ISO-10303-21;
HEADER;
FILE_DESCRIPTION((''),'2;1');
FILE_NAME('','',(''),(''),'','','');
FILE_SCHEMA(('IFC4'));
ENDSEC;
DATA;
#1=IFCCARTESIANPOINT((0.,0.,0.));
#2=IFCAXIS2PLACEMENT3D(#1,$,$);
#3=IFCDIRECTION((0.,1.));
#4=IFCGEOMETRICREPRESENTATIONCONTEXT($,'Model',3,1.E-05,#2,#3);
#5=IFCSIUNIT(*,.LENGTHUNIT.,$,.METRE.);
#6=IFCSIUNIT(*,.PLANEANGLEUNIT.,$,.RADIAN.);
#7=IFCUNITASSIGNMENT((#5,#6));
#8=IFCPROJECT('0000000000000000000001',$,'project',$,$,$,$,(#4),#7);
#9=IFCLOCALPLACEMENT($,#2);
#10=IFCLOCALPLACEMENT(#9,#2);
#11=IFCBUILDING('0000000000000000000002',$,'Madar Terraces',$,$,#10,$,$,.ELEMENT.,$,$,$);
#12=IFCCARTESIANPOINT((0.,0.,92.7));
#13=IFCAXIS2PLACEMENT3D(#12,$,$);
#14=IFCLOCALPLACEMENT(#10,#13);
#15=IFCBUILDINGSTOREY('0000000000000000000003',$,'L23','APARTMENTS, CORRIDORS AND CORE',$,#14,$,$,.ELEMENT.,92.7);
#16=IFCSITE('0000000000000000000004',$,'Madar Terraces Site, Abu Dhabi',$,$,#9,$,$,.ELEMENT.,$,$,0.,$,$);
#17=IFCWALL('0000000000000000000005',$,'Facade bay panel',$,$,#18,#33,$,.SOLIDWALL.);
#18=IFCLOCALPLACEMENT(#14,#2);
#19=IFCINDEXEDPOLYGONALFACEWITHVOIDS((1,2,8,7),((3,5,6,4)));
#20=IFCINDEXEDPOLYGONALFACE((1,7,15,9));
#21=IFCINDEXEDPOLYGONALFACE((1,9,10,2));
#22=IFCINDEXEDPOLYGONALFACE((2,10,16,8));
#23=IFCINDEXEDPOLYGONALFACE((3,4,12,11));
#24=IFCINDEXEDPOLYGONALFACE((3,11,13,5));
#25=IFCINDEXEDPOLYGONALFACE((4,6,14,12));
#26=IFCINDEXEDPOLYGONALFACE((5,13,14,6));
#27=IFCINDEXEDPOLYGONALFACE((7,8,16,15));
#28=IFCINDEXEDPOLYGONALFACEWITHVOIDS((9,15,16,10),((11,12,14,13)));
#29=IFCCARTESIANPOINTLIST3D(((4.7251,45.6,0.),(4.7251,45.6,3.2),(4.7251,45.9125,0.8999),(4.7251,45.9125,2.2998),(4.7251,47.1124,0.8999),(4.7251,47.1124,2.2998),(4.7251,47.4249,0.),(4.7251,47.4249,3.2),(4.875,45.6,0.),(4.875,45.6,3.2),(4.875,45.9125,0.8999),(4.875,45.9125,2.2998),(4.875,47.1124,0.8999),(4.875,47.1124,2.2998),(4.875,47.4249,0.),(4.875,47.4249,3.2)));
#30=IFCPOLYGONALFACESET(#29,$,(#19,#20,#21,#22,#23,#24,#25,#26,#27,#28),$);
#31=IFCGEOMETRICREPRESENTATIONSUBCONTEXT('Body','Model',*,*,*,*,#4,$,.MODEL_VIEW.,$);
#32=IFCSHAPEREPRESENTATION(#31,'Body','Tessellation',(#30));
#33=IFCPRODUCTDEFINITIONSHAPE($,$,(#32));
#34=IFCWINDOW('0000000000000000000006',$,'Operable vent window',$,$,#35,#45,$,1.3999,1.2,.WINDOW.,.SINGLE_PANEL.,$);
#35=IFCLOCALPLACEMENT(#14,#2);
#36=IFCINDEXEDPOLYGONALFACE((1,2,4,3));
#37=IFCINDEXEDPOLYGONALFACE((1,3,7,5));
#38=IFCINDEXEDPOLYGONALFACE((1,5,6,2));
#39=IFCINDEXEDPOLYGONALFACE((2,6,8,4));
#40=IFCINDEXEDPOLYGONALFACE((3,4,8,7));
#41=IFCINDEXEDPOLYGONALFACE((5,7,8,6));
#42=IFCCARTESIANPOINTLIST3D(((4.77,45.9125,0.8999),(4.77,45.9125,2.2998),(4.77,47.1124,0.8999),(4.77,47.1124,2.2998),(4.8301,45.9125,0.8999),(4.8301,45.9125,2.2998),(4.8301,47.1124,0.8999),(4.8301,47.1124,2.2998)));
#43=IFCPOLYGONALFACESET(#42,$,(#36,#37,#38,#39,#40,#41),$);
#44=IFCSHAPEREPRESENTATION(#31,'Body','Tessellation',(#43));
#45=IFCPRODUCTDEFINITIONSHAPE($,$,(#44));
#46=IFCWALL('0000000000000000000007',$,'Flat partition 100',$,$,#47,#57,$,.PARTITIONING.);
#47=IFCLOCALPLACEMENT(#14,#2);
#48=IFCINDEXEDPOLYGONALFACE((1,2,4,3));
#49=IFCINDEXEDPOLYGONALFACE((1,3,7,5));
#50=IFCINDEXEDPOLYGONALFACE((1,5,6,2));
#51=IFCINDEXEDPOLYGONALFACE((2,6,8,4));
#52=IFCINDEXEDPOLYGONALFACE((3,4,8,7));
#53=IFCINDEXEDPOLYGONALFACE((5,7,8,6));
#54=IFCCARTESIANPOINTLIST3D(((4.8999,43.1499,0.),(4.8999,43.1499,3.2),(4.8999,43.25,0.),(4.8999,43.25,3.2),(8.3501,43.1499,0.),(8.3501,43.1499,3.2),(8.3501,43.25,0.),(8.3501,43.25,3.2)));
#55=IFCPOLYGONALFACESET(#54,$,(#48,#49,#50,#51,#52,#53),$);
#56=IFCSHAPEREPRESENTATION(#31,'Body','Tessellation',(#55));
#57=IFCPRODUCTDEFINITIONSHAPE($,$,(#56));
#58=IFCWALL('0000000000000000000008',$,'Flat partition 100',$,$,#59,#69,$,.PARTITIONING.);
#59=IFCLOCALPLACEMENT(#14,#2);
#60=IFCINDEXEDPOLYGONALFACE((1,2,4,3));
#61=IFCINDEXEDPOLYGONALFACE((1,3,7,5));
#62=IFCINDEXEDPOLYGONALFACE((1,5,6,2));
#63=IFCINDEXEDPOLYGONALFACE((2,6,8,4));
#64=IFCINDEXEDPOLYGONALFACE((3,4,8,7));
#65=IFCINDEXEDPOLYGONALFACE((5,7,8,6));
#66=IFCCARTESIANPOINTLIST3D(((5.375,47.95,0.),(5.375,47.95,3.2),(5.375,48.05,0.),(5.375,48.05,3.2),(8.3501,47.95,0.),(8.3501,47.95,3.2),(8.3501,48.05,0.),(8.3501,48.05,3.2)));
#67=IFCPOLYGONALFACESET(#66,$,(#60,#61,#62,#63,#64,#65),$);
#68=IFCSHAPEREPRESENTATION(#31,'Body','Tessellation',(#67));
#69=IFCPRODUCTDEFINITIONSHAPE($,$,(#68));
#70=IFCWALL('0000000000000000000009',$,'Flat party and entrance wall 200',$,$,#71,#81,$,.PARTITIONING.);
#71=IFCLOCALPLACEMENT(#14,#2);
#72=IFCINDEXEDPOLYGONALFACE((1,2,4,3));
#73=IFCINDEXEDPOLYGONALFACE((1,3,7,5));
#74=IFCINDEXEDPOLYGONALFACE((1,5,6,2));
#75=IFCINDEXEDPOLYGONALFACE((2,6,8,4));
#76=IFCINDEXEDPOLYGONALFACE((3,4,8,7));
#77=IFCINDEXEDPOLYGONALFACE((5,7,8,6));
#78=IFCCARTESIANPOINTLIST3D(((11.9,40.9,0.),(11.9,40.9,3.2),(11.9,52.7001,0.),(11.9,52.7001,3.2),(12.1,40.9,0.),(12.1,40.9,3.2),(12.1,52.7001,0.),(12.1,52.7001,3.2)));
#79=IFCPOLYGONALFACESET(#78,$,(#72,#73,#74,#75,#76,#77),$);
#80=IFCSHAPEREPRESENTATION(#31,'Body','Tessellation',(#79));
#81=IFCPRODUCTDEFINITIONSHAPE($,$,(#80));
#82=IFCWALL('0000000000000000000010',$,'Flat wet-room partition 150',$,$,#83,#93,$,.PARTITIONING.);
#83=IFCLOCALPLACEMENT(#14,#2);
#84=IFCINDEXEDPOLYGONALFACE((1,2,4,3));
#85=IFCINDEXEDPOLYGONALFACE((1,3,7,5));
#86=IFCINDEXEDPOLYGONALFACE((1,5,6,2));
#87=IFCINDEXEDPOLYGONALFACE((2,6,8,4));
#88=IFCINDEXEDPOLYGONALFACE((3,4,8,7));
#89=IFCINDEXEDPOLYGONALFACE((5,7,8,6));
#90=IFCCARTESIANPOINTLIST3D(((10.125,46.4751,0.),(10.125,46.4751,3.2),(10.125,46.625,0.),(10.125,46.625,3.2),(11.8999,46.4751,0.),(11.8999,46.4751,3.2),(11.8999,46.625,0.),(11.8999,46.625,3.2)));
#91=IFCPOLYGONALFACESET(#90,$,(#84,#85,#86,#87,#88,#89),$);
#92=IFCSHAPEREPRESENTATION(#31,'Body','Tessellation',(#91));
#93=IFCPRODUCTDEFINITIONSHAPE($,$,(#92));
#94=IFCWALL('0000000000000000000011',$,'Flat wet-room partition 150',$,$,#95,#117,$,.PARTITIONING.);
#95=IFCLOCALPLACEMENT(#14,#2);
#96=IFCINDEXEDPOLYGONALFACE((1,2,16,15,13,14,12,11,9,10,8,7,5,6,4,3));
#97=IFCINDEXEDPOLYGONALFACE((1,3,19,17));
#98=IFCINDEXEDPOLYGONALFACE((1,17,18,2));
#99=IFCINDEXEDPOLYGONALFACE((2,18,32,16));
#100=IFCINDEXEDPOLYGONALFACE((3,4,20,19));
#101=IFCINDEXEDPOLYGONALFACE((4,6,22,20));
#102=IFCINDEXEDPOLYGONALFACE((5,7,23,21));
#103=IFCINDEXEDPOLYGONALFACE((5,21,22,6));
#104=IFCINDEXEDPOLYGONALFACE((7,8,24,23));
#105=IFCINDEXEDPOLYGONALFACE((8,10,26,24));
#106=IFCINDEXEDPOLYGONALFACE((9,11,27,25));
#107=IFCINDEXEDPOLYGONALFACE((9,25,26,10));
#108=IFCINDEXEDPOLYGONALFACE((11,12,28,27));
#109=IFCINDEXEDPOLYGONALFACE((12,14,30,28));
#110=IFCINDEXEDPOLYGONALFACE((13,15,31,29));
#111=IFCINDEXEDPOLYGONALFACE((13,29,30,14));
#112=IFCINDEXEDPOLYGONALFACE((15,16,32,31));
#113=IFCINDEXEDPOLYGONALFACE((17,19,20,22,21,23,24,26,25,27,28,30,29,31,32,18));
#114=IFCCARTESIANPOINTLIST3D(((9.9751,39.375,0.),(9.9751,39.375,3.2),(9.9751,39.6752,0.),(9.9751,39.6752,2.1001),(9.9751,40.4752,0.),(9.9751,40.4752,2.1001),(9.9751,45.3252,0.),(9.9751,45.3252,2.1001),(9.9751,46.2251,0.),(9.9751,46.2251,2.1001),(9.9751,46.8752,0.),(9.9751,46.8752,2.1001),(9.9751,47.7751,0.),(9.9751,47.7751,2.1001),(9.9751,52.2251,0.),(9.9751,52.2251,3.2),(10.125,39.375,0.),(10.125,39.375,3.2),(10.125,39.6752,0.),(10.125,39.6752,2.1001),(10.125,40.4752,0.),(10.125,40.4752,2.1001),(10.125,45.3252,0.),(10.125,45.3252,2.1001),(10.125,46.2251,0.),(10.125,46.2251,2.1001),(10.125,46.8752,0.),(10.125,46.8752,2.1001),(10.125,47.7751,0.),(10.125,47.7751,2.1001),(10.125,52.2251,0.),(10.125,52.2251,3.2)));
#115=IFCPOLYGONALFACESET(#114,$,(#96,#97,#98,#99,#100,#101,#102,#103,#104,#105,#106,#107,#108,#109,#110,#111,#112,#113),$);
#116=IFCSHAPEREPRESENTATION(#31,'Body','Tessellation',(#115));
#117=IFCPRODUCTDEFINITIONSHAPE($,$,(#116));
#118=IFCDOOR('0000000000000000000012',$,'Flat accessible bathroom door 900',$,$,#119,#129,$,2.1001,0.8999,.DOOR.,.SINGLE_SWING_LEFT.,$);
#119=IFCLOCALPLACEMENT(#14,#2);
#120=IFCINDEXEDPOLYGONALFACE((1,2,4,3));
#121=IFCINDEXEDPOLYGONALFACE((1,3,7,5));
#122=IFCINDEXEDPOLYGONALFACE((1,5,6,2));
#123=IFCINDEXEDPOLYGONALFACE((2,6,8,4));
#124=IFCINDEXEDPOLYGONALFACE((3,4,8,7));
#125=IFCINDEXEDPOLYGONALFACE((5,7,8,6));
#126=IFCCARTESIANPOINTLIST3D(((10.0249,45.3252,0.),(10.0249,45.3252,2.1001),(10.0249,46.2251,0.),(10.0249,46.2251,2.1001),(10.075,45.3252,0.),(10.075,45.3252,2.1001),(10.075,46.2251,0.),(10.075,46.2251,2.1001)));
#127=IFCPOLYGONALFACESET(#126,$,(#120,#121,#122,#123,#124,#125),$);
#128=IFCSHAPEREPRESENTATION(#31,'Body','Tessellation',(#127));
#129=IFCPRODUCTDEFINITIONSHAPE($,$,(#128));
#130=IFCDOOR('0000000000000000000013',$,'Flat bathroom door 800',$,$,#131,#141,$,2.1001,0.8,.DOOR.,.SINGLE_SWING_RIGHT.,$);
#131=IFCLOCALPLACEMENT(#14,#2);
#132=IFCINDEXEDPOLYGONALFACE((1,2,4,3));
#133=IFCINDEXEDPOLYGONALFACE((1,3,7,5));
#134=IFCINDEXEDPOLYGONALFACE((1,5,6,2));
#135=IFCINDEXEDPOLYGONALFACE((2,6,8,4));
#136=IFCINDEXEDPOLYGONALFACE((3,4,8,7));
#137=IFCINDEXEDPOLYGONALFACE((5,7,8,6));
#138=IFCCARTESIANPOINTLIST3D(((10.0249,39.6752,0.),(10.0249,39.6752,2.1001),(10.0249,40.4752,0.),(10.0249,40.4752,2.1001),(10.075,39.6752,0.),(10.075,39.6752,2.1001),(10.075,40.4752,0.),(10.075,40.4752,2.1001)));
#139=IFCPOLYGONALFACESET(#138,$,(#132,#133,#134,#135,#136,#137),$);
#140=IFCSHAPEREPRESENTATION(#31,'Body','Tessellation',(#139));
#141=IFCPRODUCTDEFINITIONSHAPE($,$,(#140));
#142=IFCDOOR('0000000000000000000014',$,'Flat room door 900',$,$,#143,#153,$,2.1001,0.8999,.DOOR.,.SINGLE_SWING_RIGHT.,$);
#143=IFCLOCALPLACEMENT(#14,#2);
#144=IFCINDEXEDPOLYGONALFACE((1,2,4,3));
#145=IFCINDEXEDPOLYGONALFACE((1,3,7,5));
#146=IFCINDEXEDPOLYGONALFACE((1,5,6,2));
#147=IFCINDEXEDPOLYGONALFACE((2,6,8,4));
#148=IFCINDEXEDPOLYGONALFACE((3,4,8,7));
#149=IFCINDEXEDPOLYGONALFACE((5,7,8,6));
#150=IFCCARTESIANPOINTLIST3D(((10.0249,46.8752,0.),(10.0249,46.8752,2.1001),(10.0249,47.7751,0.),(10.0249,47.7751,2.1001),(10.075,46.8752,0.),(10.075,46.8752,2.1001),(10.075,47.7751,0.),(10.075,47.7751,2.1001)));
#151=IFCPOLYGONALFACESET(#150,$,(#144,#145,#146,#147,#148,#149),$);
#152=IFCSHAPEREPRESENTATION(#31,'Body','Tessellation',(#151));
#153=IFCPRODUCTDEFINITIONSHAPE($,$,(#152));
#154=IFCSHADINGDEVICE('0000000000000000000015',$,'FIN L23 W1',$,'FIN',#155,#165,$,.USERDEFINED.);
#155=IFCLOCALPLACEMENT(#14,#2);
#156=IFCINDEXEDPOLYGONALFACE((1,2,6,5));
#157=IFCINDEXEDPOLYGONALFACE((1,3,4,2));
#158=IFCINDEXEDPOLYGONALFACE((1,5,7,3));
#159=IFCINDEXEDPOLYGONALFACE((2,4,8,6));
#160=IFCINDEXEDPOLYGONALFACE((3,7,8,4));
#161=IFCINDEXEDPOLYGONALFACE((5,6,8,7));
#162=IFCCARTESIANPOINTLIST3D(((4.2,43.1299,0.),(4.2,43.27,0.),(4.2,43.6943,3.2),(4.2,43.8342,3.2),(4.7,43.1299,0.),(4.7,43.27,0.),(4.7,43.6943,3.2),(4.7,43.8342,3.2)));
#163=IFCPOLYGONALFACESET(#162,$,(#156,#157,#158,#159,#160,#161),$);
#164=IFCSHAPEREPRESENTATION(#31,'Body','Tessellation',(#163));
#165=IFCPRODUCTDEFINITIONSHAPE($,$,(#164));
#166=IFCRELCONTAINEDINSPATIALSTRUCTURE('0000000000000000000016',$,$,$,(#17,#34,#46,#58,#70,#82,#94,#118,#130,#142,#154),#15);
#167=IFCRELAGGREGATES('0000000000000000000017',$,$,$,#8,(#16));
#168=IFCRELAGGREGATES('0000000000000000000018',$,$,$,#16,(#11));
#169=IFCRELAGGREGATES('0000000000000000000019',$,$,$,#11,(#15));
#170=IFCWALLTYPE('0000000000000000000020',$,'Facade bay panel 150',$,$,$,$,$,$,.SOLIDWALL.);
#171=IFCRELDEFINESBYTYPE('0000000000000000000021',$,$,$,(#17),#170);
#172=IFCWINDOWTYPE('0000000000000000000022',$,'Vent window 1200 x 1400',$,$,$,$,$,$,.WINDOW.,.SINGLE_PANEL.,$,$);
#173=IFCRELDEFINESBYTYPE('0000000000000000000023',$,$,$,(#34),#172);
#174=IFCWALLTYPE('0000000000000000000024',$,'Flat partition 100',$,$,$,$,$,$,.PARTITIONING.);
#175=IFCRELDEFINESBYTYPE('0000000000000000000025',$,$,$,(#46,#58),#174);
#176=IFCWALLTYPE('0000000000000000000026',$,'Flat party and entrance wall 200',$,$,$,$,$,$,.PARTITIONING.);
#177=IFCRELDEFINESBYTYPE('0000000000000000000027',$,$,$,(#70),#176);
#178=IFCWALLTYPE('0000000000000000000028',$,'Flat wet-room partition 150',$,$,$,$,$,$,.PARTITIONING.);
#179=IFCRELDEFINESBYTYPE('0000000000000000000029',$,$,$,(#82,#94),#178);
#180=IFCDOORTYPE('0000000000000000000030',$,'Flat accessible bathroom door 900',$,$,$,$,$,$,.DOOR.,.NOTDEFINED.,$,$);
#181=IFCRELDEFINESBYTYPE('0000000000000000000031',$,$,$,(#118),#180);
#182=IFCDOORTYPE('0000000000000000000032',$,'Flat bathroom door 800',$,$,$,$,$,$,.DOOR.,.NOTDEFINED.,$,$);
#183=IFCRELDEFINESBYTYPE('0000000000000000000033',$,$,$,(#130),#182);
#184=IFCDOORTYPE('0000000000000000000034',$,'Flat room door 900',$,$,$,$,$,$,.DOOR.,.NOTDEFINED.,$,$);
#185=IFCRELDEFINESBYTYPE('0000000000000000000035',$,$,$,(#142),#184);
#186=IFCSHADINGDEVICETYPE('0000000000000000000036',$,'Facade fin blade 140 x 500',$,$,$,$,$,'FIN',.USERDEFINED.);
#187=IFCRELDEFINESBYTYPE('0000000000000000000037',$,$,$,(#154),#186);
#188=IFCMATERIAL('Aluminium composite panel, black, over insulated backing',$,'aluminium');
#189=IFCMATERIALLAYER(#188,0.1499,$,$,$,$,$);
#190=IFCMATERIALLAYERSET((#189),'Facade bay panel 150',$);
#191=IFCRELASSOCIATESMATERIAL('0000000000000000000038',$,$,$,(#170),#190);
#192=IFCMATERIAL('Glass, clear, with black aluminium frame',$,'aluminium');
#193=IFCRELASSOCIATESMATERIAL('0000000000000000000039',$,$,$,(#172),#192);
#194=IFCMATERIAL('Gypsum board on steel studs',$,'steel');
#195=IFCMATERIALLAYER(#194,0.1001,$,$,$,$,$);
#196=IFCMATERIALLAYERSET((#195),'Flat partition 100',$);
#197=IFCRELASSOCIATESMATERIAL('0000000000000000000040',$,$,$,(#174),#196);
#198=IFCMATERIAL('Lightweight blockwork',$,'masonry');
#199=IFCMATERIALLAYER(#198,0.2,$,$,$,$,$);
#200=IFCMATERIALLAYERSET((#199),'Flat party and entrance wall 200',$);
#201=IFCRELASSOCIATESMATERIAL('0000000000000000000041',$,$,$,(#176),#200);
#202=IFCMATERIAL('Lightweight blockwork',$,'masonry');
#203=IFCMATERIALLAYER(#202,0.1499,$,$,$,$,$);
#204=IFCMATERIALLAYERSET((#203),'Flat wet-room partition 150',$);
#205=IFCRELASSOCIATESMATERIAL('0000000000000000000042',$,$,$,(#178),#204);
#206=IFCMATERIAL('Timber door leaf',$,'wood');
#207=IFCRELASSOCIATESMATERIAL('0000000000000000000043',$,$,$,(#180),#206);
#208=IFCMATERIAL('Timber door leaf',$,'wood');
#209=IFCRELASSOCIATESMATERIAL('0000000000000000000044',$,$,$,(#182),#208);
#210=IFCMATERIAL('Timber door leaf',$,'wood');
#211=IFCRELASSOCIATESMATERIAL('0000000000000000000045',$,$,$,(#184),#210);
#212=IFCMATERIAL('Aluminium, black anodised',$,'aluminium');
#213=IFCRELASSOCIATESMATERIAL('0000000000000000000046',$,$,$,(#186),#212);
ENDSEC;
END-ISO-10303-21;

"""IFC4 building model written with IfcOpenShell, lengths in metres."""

from ifc_helpers import new_model, si_unit, direction, frame, frame_2d, origin, place, context, subcontext, project, spatial, polyline, rectangle, outline, extrude, material, layer, layer_set, type_object, element, fill, save


model = new_model("IFC4")

# Units and contexts
model_context = context("Model", 3, precision=1e-05, world=origin(), true_north=direction((0.0, 1.0)))
body_context = subcontext(model_context, "Body", "Model", "MODEL_VIEW")
ifc_project = project(units=[si_unit("LENGTHUNIT", "METRE"), si_unit("PLANEANGLEUNIT", "RADIAN")], contexts=[model_context])

# Site, building, storey
site_placement = place(None, origin())
site = spatial("IfcSite", under=ifc_project, at=site_placement, Name="Madar Terraces Site, Abu Dhabi", CompositionType="ELEMENT", RefElevation=0.0)
building_placement = place(site_placement, origin())
building = spatial("IfcBuilding", under=site, at=building_placement, Name="Madar Terraces", CompositionType="ELEMENT")
storey_placement = place(building_placement, frame((0.0, 0.0, 92.7)))
storey = spatial("IfcBuildingStorey", under=building, at=storey_placement, Name="L23", Description="APARTMENTS, CORRIDORS AND CORE", CompositionType="ELEMENT", Elevation=92.7)

# Wall, opening, window
ifc_material_1 = material(Name="Aluminium composite panel, black, over insulated backing", Category="aluminium")
ifc_layer_1 = layer(ifc_material_1, 0.1499)
ifc_layer_set_1 = layer_set([ifc_layer_1], Name="Facade bay panel 150")
wall_type_1 = type_object("IfcWallType", Name="Facade bay panel 150", PredefinedType="SOLIDWALL", material=ifc_layer_set_1)
wall_1_placement = place(storey_placement, frame((4.8, 47.425, 0.0), z_axis=(0.0, 0.0, 1.0), x_axis=(0.0, -1.0, 0.0)))
wall_1 = element("IfcWall", 1, at=wall_1_placement, inside=storey, type_object=wall_type_1, Name="Facade bay panel", PredefinedType="SOLIDWALL", context=body_context, shape_type="SweptSolid", body=[
    extrude(rectangle(XDim=1.825, YDim=0.1499, at=frame_2d((0.9126, 0.0))), origin(), (0.0, 0.0, 1.0), 3.2),
])
opening_1_placement = place(wall_1_placement, frame((0.3125, 0.0, 0.8999)))
opening_1 = element("IfcOpeningElement", 2, at=opening_1_placement, cuts=wall_1, PredefinedType="OPENING", context=body_context, shape_type="SweptSolid", body=[
    extrude(rectangle(XDim=1.2, YDim=1.3999, at=frame_2d((0.6001, 0.7))), frame((0.0, 0.085, 0.0), z_axis=(0.0, -1.0, 0.0), x_axis=(1.0, 0.0, 0.0)), (0.0, 0.0, 1.0), 0.1699),
])
ifc_material_2 = material(Name="Glass, clear, with black aluminium frame", Category="aluminium")
window_type = type_object("IfcWindowType", Name="Vent window 1200 x 1400", PartitioningType="SINGLE_PANEL", PredefinedType="WINDOW", material=ifc_material_2)
window_placement = place(opening_1_placement, origin())
window = element("IfcWindow", 3, at=window_placement, inside=storey, type_object=window_type, Name="Operable vent window", OverallHeight=1.3999, OverallWidth=1.2, PartitioningType="SINGLE_PANEL", PredefinedType="WINDOW", context=body_context, shape_type="SweptSolid", body=[
    extrude(rectangle(XDim=1.2, YDim=1.3999, at=frame_2d((0.6001, 0.7))), frame((0.0, 0.03, 0.0), z_axis=(0.0, -1.0, 0.0), x_axis=(1.0, 0.0, 0.0)), (0.0, 0.0, 1.0), 0.0601),
])
fill(opening_1, window)

# Walls
ifc_material_3 = material(Name="Gypsum board on steel studs", Category="steel")
ifc_layer_2 = layer(ifc_material_3, 0.1001)
ifc_layer_set_2 = layer_set([ifc_layer_2], Name="Flat partition 100")
wall_type_2 = type_object("IfcWallType", Name="Flat partition 100", PredefinedType="PARTITIONING", material=ifc_layer_set_2)
wall_2_placement = place(storey_placement, frame((8.3501, 43.2, 0.0), z_axis=(0.0, 0.0, 1.0), x_axis=(-1.0, 0.0, 0.0)))
element("IfcWall", 4, at=wall_2_placement, inside=storey, type_object=wall_type_2, Name="Flat partition 100", PredefinedType="PARTITIONING", context=body_context, shape_type="SweptSolid", body=[
    extrude(rectangle(XDim=3.4502, YDim=0.1001, at=frame_2d((1.7251, 0.0))), origin(), (0.0, 0.0, 1.0), 3.2),
])
wall_3_placement = place(storey_placement, frame((8.3501, 48.0, 0.0), z_axis=(0.0, 0.0, 1.0), x_axis=(-1.0, 0.0, 0.0)))
element("IfcWall", 5, at=wall_3_placement, inside=storey, type_object=wall_type_2, Name="Flat partition 100", PredefinedType="PARTITIONING", context=body_context, shape_type="SweptSolid", body=[
    extrude(rectangle(XDim=2.9751, YDim=0.1001, at=frame_2d((1.4875, 0.0))), origin(), (0.0, 0.0, 1.0), 3.2),
])
ifc_material_4 = material(Name="Lightweight blockwork", Category="masonry")
ifc_layer_3 = layer(ifc_material_4, 0.2)
ifc_layer_set_3 = layer_set([ifc_layer_3], Name="Flat party and entrance wall 200")
wall_type_3 = type_object("IfcWallType", Name="Flat party and entrance wall 200", PredefinedType="PARTITIONING", material=ifc_layer_set_3)
wall_4_placement = place(storey_placement, frame((12.0, 52.7, 0.0), z_axis=(0.0, 0.0, 1.0), x_axis=(0.0, -1.0, 0.0)))
element("IfcWall", 6, at=wall_4_placement, inside=storey, type_object=wall_type_3, Name="Flat party and entrance wall 200", PredefinedType="PARTITIONING", context=body_context, shape_type="SweptSolid", body=[
    extrude(rectangle(XDim=11.8, YDim=0.2, at=frame_2d((5.8999, 0.0))), origin(), (0.0, 0.0, 1.0), 3.2),
])
ifc_material_5 = material(Name="Lightweight blockwork", Category="masonry")
ifc_layer_4 = layer(ifc_material_5, 0.1499)
ifc_layer_set_4 = layer_set([ifc_layer_4], Name="Flat wet-room partition 150")
wall_type_4 = type_object("IfcWallType", Name="Flat wet-room partition 150", PredefinedType="PARTITIONING", material=ifc_layer_set_4)
wall_5_placement = place(storey_placement, frame((11.8999, 46.55, 0.0), z_axis=(0.0, 0.0, 1.0), x_axis=(-1.0, 0.0, 0.0)))
element("IfcWall", 7, at=wall_5_placement, inside=storey, type_object=wall_type_4, Name="Flat wet-room partition 150", PredefinedType="PARTITIONING", context=body_context, shape_type="SweptSolid", body=[
    extrude(rectangle(XDim=1.7749, YDim=0.1499, at=frame_2d((0.8875, 0.0))), origin(), (0.0, 0.0, 1.0), 3.2),
])

# Wall, openings, doors
wall_6_placement = place(storey_placement, frame((10.05, 52.2251, 0.0), z_axis=(0.0, 0.0, 1.0), x_axis=(0.0, -1.0, 0.0)))
wall_6 = element("IfcWall", 8, at=wall_6_placement, inside=storey, type_object=wall_type_4, Name="Flat wet-room partition 150", PredefinedType="PARTITIONING", context=body_context, shape_type="SweptSolid", body=[
    extrude(rectangle(XDim=12.8501, YDim=0.1499, at=frame_2d((6.425, 0.0))), origin(), (0.0, 0.0, 1.0), 3.2),
])
opening_2_placement = place(wall_6_placement, frame((11.75, 0.0, 0.0)))
opening_2 = element("IfcOpeningElement", 9, at=opening_2_placement, cuts=wall_6, PredefinedType="OPENING", context=body_context, shape_type="SweptSolid", body=[
    extrude(rectangle(XDim=0.8, YDim=2.1001, at=frame_2d((0.3999, 1.05))), frame((0.0, 0.085, 0.0), z_axis=(0.0, -1.0, 0.0), x_axis=(1.0, 0.0, 0.0)), (0.0, 0.0, 1.0), 0.1699),
])
opening_3_placement = place(wall_6_placement, frame((6.0, 0.0, 0.0)))
opening_3 = element("IfcOpeningElement", 10, at=opening_3_placement, cuts=wall_6, PredefinedType="OPENING", context=body_context, shape_type="SweptSolid", body=[
    extrude(rectangle(XDim=0.8999, YDim=2.1001, at=frame_2d((0.45, 1.05))), frame((0.0, 0.085, 0.0), z_axis=(0.0, -1.0, 0.0), x_axis=(1.0, 0.0, 0.0)), (0.0, 0.0, 1.0), 0.1699),
])
opening_4_placement = place(wall_6_placement, frame((4.45, 0.0, 0.0)))
opening_4 = element("IfcOpeningElement", 11, at=opening_4_placement, cuts=wall_6, PredefinedType="OPENING", context=body_context, shape_type="SweptSolid", body=[
    extrude(rectangle(XDim=0.8999, YDim=2.1001, at=frame_2d((0.45, 1.05))), frame((0.0, 0.085, 0.0), z_axis=(0.0, -1.0, 0.0), x_axis=(1.0, 0.0, 0.0)), (0.0, 0.0, 1.0), 0.1699),
])
ifc_material_6 = material(Name="Timber door leaf", Category="wood")
door_type_1 = type_object("IfcDoorType", Name="Flat accessible bathroom door 900", OperationType="NOTDEFINED", PredefinedType="DOOR", material=ifc_material_6)
door_1_placement = place(opening_3_placement, origin())
door_1 = element("IfcDoor", 12, at=door_1_placement, inside=storey, type_object=door_type_1, Name="Flat accessible bathroom door 900", OperationType="SINGLE_SWING_LEFT", OverallHeight=2.1001, OverallWidth=0.8999, PredefinedType="DOOR", context=body_context, shape_type="SweptSolid", body=[
    extrude(rectangle(XDim=0.8999, YDim=2.1001, at=frame_2d((0.45, 1.05))), frame((0.0, 0.0249, 0.0), z_axis=(0.0, -1.0, 0.0), x_axis=(1.0, 0.0, 0.0)), (0.0, 0.0, 1.0), 0.05),
])
fill(opening_3, door_1)
ifc_material_7 = material(Name="Timber door leaf", Category="wood")
door_type_2 = type_object("IfcDoorType", Name="Flat bathroom door 800", OperationType="NOTDEFINED", PredefinedType="DOOR", material=ifc_material_7)
door_2_placement = place(opening_2_placement, origin())
door_2 = element("IfcDoor", 13, at=door_2_placement, inside=storey, type_object=door_type_2, Name="Flat bathroom door 800", OperationType="SINGLE_SWING_RIGHT", OverallHeight=2.1001, OverallWidth=0.8, PredefinedType="DOOR", context=body_context, shape_type="SweptSolid", body=[
    extrude(rectangle(XDim=0.8, YDim=2.1001, at=frame_2d((0.3999, 1.05))), frame((0.0, 0.0249, 0.0), z_axis=(0.0, -1.0, 0.0), x_axis=(1.0, 0.0, 0.0)), (0.0, 0.0, 1.0), 0.05),
])
fill(opening_2, door_2)
ifc_material_8 = material(Name="Timber door leaf", Category="wood")
door_type_3 = type_object("IfcDoorType", Name="Flat room door 900", OperationType="NOTDEFINED", PredefinedType="DOOR", material=ifc_material_8)
door_3_placement = place(opening_4_placement, origin())
door_3 = element("IfcDoor", 14, at=door_3_placement, inside=storey, type_object=door_type_3, Name="Flat room door 900", OperationType="SINGLE_SWING_RIGHT", OverallHeight=2.1001, OverallWidth=0.8999, PredefinedType="DOOR", context=body_context, shape_type="SweptSolid", body=[
    extrude(rectangle(XDim=0.8999, YDim=2.1001, at=frame_2d((0.45, 1.05))), frame((0.0, 0.0249, 0.0), z_axis=(0.0, -1.0, 0.0), x_axis=(1.0, 0.0, 0.0)), (0.0, 0.0, 1.0), 0.05),
])
fill(opening_4, door_3)

# Shading device
ifc_material_9 = material(Name="Aluminium, black anodised", Category="aluminium")
shading_device_type = type_object("IfcShadingDeviceType", Name="Facade fin blade 140 x 500", ElementType="FIN", PredefinedType="USERDEFINED", material=ifc_material_9)
shading_device_placement = place(storey_placement, frame((4.45, 43.27, 0.0), z_axis=(0.0, 0.0, 1.0), x_axis=(0.0, -1.0, 0.0)))
element("IfcShadingDevice", 15, at=shading_device_placement, inside=storey, type_object=shading_device_type, Name="FIN L23 W1", ObjectType="FIN", PredefinedType="USERDEFINED", context=body_context, shape_type="SweptSolid", body=[
    extrude(outline(polyline([(0.0, 0.0), (0.1401, 0.0), (-0.4243, 3.2), (-0.5642, 3.2), (0.0, 0.0)])), frame((0.0, 0.25, 0.0), z_axis=(0.0, -1.0, 0.0), x_axis=(1.0, 0.0, 0.0)), (0.0, 0.0, 1.0), 0.5),
])

save(model, "model.ifc")
